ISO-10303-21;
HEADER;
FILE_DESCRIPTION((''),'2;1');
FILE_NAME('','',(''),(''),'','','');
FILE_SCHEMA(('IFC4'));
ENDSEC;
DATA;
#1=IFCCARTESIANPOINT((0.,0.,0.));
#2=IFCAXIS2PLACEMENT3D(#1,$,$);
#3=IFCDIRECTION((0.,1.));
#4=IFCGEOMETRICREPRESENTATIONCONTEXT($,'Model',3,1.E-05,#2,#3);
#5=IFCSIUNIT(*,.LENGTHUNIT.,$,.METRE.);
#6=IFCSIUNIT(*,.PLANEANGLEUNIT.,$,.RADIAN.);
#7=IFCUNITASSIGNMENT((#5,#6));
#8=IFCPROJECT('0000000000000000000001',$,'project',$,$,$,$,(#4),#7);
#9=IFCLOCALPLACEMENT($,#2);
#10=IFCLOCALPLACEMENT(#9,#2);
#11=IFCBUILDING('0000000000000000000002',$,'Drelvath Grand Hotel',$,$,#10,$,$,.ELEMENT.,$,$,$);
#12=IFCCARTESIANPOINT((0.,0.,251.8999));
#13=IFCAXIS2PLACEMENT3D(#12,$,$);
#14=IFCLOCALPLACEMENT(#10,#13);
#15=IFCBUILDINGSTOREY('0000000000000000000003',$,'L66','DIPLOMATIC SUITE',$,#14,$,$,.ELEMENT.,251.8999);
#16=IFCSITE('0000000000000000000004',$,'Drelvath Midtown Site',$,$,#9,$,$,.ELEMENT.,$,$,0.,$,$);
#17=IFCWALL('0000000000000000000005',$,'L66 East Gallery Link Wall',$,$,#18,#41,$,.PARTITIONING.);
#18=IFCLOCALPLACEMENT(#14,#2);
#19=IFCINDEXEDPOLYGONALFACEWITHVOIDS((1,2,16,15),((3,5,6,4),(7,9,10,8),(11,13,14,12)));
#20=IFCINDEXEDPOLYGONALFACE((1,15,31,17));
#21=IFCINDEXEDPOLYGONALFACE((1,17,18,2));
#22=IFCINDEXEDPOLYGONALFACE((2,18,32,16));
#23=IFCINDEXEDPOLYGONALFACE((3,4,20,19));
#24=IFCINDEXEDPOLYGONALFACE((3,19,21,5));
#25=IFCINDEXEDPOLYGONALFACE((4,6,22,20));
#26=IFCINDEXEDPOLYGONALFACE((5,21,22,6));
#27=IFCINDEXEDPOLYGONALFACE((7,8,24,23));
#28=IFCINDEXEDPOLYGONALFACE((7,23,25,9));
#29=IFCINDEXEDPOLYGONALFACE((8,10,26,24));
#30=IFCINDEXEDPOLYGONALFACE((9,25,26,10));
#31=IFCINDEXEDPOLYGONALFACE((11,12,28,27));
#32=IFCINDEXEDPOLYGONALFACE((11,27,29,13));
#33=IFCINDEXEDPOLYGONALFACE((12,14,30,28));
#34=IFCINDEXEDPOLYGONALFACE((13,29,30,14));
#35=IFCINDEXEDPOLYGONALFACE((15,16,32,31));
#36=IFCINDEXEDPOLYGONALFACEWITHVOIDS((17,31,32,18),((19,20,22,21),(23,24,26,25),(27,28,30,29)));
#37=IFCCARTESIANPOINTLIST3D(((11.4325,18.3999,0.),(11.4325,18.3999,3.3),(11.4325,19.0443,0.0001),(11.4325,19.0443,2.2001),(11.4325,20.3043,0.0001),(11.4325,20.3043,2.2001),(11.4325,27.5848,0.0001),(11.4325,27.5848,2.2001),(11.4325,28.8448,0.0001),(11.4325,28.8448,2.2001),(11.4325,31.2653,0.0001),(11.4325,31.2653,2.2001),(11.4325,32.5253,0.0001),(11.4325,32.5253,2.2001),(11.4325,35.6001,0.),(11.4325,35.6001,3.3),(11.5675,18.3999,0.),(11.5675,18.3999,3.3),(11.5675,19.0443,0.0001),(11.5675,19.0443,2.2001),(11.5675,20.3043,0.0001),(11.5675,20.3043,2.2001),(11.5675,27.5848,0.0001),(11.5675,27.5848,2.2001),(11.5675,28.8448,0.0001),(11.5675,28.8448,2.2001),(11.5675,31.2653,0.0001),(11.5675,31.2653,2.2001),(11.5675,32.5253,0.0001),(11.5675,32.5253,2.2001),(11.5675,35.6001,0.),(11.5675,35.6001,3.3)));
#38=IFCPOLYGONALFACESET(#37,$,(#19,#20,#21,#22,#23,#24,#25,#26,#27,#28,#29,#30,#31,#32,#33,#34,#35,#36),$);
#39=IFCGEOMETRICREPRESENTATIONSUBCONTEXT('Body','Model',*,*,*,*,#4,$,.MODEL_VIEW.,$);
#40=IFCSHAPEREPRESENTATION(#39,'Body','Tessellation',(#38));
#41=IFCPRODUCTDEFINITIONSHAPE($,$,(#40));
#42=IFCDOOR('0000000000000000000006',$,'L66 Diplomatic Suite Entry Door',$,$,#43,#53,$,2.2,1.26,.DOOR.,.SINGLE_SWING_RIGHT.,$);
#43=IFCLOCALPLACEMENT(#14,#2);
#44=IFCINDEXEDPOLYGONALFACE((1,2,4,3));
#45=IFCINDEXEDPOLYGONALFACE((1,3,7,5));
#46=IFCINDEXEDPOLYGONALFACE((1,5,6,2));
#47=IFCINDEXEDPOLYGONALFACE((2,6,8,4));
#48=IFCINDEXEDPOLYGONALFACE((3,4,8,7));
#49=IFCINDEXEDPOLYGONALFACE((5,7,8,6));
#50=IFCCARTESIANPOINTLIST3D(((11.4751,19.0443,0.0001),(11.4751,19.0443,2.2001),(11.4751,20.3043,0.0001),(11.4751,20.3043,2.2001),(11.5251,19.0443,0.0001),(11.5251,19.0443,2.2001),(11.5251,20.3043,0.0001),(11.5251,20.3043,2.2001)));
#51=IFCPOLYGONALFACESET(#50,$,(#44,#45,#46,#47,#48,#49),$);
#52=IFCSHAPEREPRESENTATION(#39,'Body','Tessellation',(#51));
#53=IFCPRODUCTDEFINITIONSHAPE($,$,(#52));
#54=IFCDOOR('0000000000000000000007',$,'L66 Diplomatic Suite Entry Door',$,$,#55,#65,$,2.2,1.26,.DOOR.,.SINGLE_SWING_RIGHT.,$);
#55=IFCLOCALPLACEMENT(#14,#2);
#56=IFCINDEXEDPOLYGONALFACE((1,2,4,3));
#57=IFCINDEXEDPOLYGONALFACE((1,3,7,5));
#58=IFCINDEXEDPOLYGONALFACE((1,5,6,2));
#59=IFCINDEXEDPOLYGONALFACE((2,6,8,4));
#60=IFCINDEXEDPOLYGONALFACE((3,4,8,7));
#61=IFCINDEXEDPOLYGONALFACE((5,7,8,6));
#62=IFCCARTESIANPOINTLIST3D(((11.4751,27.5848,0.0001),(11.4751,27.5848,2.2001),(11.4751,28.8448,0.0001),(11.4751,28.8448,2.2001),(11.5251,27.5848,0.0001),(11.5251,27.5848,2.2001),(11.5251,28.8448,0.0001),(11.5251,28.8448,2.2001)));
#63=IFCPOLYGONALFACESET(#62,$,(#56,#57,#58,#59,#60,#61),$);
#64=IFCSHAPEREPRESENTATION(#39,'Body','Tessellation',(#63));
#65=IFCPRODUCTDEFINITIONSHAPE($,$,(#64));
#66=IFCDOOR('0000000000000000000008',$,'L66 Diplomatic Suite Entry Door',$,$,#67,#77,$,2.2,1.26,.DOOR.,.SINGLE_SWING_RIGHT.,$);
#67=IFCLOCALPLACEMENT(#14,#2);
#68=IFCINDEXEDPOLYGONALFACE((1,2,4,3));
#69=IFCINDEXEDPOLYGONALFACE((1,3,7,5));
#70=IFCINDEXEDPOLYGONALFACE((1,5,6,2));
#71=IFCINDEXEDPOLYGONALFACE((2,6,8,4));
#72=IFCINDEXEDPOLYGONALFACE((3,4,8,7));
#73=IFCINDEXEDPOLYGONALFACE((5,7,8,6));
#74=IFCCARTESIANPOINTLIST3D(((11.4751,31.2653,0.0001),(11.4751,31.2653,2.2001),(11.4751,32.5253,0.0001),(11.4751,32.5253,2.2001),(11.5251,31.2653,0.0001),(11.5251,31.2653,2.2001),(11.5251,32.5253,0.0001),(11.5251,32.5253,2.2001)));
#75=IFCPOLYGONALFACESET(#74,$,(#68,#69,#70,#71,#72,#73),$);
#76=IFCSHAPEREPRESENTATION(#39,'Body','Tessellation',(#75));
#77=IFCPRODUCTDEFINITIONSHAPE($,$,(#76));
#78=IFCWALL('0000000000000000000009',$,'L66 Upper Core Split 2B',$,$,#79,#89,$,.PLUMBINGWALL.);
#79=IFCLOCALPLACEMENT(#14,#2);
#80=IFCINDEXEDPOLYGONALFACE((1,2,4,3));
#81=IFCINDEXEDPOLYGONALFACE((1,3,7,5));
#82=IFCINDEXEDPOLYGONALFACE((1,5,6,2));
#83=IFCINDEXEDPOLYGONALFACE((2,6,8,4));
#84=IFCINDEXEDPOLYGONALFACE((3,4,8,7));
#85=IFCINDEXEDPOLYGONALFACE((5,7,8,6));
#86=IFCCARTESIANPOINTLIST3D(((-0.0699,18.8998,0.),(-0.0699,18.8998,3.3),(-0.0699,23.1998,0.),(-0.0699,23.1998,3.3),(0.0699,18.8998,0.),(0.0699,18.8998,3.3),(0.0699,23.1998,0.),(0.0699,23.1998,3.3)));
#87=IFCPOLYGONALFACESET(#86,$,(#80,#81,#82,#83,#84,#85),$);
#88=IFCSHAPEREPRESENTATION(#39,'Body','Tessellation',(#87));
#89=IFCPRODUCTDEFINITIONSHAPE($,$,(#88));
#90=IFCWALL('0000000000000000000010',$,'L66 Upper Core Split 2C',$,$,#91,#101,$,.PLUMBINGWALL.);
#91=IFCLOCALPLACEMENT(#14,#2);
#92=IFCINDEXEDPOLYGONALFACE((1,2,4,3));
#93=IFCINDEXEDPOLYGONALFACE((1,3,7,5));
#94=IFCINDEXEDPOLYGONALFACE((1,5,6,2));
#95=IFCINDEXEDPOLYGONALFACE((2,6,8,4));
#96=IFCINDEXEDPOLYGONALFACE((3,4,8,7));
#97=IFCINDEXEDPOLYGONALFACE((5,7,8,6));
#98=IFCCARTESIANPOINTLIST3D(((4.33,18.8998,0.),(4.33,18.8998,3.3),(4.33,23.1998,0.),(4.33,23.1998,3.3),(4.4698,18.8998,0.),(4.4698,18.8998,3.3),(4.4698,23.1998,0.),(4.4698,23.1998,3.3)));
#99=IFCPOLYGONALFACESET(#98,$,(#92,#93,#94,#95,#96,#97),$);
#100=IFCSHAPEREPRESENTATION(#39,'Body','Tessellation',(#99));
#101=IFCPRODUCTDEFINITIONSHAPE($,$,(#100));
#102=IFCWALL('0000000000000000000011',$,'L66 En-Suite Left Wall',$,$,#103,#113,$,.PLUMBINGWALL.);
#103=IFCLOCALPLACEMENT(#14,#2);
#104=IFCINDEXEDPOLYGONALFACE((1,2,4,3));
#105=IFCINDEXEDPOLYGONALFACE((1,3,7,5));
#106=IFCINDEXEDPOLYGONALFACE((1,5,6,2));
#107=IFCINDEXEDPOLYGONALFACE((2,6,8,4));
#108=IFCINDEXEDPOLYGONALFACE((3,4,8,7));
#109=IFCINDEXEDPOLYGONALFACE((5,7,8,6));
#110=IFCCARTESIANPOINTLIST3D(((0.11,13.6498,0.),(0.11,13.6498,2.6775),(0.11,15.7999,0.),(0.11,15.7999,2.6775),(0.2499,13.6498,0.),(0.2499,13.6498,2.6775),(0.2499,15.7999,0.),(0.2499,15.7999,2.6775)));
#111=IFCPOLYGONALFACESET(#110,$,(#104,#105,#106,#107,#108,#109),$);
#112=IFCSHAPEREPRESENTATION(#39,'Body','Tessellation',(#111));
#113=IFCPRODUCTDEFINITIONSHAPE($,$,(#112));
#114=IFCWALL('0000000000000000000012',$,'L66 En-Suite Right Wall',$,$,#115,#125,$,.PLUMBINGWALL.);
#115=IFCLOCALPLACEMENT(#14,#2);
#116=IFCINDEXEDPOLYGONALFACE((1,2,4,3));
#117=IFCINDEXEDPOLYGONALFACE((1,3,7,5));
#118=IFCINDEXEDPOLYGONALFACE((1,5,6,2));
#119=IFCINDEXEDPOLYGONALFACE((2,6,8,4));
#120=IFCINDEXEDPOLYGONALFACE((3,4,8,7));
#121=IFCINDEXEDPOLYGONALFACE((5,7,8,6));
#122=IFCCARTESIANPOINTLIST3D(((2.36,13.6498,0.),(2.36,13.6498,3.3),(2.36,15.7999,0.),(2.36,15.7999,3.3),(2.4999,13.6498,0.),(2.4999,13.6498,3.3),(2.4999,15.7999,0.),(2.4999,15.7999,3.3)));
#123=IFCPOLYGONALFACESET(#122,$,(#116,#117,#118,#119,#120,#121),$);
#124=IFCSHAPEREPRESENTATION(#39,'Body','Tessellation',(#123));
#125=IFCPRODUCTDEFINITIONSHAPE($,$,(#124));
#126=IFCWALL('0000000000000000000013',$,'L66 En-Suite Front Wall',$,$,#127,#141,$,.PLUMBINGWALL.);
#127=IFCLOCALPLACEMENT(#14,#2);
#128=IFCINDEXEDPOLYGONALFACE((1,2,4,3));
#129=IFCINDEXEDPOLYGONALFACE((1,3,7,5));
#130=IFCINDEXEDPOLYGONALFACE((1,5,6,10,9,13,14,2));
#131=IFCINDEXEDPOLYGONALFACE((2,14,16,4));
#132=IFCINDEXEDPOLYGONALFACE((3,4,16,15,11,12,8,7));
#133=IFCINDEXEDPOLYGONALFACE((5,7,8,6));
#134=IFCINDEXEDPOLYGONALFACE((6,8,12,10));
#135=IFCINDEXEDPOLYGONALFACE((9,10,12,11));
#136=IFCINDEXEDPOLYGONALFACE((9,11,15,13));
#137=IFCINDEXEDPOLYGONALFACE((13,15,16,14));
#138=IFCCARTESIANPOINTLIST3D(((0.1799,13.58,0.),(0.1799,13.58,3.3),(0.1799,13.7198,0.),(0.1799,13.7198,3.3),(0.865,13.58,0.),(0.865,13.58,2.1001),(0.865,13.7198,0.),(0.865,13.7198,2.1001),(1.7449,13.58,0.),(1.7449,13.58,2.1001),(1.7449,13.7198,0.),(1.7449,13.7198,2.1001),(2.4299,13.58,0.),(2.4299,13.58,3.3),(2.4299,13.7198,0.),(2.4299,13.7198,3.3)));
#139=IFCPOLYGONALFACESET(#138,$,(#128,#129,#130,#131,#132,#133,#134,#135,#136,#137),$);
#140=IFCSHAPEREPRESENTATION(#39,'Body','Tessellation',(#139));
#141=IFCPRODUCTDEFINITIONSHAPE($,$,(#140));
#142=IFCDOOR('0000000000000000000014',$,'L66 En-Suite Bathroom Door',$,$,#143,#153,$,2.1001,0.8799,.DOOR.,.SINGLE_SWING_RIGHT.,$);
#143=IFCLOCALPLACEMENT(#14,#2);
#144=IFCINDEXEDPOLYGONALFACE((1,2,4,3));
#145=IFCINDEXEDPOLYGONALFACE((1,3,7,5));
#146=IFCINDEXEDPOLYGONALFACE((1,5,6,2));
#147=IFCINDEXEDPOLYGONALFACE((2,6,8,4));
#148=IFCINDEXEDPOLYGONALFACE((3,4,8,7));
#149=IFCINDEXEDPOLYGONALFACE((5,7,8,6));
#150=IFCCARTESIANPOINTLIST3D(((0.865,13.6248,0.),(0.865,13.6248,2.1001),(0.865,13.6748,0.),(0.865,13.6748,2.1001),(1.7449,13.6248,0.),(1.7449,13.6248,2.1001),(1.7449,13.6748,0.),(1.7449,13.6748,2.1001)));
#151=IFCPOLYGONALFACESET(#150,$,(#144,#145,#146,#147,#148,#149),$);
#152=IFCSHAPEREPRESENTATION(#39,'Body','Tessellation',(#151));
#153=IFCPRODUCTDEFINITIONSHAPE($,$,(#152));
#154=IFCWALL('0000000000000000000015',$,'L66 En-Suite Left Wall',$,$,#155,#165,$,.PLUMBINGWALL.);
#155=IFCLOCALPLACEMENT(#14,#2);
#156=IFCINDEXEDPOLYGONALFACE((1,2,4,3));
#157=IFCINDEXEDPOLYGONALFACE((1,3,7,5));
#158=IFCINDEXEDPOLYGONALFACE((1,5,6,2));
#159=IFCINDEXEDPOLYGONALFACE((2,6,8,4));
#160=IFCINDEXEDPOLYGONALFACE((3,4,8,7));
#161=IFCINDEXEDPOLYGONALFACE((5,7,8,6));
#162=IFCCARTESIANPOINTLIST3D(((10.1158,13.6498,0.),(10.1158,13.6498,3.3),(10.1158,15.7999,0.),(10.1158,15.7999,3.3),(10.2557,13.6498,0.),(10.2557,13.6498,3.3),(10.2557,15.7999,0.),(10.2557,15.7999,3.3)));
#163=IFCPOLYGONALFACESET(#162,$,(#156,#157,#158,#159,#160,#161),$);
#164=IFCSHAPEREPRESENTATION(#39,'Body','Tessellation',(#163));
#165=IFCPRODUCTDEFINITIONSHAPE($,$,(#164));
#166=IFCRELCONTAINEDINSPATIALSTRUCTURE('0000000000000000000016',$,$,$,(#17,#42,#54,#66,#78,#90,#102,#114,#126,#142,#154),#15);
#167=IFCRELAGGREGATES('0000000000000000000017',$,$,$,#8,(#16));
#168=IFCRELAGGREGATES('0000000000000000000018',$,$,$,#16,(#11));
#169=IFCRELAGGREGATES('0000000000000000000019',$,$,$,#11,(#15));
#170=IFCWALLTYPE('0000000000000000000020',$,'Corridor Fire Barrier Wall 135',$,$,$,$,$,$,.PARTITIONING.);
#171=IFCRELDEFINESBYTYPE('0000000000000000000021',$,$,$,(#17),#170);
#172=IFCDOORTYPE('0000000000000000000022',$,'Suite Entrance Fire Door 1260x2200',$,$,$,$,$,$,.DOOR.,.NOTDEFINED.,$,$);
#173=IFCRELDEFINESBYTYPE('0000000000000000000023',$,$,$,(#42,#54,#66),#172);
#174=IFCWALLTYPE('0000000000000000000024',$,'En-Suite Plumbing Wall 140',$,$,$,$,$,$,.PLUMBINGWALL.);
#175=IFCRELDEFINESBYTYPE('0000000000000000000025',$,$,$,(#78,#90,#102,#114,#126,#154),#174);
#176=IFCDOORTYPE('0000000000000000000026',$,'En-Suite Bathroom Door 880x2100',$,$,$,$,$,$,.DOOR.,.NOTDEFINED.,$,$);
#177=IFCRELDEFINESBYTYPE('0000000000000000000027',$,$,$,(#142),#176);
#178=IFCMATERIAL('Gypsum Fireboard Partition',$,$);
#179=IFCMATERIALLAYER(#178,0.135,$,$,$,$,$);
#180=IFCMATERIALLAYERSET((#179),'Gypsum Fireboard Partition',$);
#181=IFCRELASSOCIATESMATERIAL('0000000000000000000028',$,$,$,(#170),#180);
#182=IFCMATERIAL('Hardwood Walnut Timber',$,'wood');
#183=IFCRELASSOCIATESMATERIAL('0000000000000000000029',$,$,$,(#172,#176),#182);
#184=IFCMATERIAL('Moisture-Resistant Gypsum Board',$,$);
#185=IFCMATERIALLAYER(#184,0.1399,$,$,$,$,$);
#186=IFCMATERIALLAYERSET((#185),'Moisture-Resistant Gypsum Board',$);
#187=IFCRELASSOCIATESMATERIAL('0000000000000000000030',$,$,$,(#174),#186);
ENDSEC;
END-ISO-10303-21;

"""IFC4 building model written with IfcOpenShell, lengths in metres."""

from ifc_helpers import new_model, si_unit, direction, frame, frame_2d, origin, place, context, subcontext, project, spatial, rectangle, extrude, material, layer, layer_set, type_object, element, fill, save


model = new_model("IFC4")

# Units and contexts
model_context = context("Model", 3, precision=1e-05, world=origin(), true_north=direction((0.0, 1.0)))
body_context = subcontext(model_context, "Body", "Model", "MODEL_VIEW")
ifc_project = project(units=[si_unit("LENGTHUNIT", "METRE"), si_unit("PLANEANGLEUNIT", "RADIAN")], contexts=[model_context])

# Site, building, storey
site_placement = place(None, origin())
site = spatial("IfcSite", under=ifc_project, at=site_placement, Name="Drelvath Midtown Site", CompositionType="ELEMENT", RefElevation=0.0)
building_placement = place(site_placement, origin())
building = spatial("IfcBuilding", under=site, at=building_placement, Name="Drelvath Grand Hotel", CompositionType="ELEMENT")
storey_placement = place(building_placement, frame((0.0, 0.0, 251.8999)))
storey = spatial("IfcBuildingStorey", under=building, at=storey_placement, Name="L66", Description="DIPLOMATIC SUITE", CompositionType="ELEMENT", Elevation=251.8999)

# Shared definitions
ifc_material_1 = material(Name="Gypsum Fireboard Partition")
ifc_layer_1 = layer(ifc_material_1, 0.135)
ifc_layer_set_1 = layer_set([ifc_layer_1], Name="Gypsum Fireboard Partition")
wall_type_1 = type_object("IfcWallType", Name="Corridor Fire Barrier Wall 135", PredefinedType="PARTITIONING", material=ifc_layer_set_1)

# Wall, openings, doors
wall_1_placement = place(storey_placement, frame((11.5, 18.3999, 0.0), z_axis=(0.0, 0.0, 1.0), x_axis=(0.0, 1.0, 0.0)))
wall_1 = element("IfcWall", 1, at=wall_1_placement, inside=storey, type_object=wall_type_1, Name="L66 East Gallery Link Wall", PredefinedType="PARTITIONING", context=body_context, shape_type="SweptSolid", body=[
    extrude(rectangle(XDim=17.2002, YDim=0.135, at=frame_2d((8.6001, 0.0))), origin(), (0.0, 0.0, 1.0), 3.3),
])
opening_1_placement = place(wall_1_placement, frame((0.6445, 0.0, 0.0)))
opening_1 = element("IfcOpeningElement", 2, at=opening_1_placement, cuts=wall_1, PredefinedType="OPENING", context=body_context, shape_type="SweptSolid", body=[
    extrude(rectangle(XDim=1.26, YDim=2.2, at=frame_2d((0.6299, 1.1001))), frame((0.0, 0.0774, 0.0), z_axis=(0.0, -1.0, 0.0), x_axis=(1.0, 0.0, 0.0)), (0.0, 0.0, 1.0), 0.155),
])
opening_2_placement = place(wall_1_placement, frame((9.1851, 0.0, 0.0)))
opening_2 = element("IfcOpeningElement", 3, at=opening_2_placement, cuts=wall_1, PredefinedType="OPENING", context=body_context, shape_type="SweptSolid", body=[
    extrude(rectangle(XDim=1.26, YDim=2.2, at=frame_2d((0.6299, 1.1001))), frame((0.0, 0.0774, 0.0), z_axis=(0.0, -1.0, 0.0), x_axis=(1.0, 0.0, 0.0)), (0.0, 0.0, 1.0), 0.155),
])
opening_3_placement = place(wall_1_placement, frame((12.8655, 0.0, 0.0)))
opening_3 = element("IfcOpeningElement", 4, at=opening_3_placement, cuts=wall_1, PredefinedType="OPENING", context=body_context, shape_type="SweptSolid", body=[
    extrude(rectangle(XDim=1.26, YDim=2.2, at=frame_2d((0.6299, 1.1001))), frame((0.0, 0.0774, 0.0), z_axis=(0.0, -1.0, 0.0), x_axis=(1.0, 0.0, 0.0)), (0.0, 0.0, 1.0), 0.155),
])
ifc_material_2 = material(Name="Hardwood Walnut Timber", Category="wood")
door_type_1 = type_object("IfcDoorType", Name="Suite Entrance Fire Door 1260x2200", OperationType="NOTDEFINED", PredefinedType="DOOR", material=ifc_material_2)
door_1_placement = place(opening_1_placement, origin())
door_1 = element("IfcDoor", 5, at=door_1_placement, inside=storey, type_object=door_type_1, Name="L66 Diplomatic Suite Entry Door", OperationType="SINGLE_SWING_RIGHT", OverallHeight=2.2, OverallWidth=1.26, PredefinedType="DOOR", context=body_context, shape_type="SweptSolid", body=[
    extrude(rectangle(XDim=1.26, YDim=2.2, at=frame_2d((0.6299, 1.1001))), frame((0.0, 0.0249, 0.0), z_axis=(0.0, -1.0, 0.0), x_axis=(1.0, 0.0, 0.0)), (0.0, 0.0, 1.0), 0.05),
])
fill(opening_1, door_1)
door_2_placement = place(opening_2_placement, origin())
door_2 = element("IfcDoor", 6, at=door_2_placement, inside=storey, type_object=door_type_1, Name="L66 Diplomatic Suite Entry Door", OperationType="SINGLE_SWING_RIGHT", OverallHeight=2.2, OverallWidth=1.26, PredefinedType="DOOR", context=body_context, shape_type="SweptSolid", body=[
    extrude(rectangle(XDim=1.26, YDim=2.2, at=frame_2d((0.6299, 1.1001))), frame((0.0, 0.0249, 0.0), z_axis=(0.0, -1.0, 0.0), x_axis=(1.0, 0.0, 0.0)), (0.0, 0.0, 1.0), 0.05),
])
fill(opening_2, door_2)
door_3_placement = place(opening_3_placement, origin())
door_3 = element("IfcDoor", 7, at=door_3_placement, inside=storey, type_object=door_type_1, Name="L66 Diplomatic Suite Entry Door", OperationType="SINGLE_SWING_RIGHT", OverallHeight=2.2, OverallWidth=1.26, PredefinedType="DOOR", context=body_context, shape_type="SweptSolid", body=[
    extrude(rectangle(XDim=1.26, YDim=2.2, at=frame_2d((0.6299, 1.1001))), frame((0.0, 0.0249, 0.0), z_axis=(0.0, -1.0, 0.0), x_axis=(1.0, 0.0, 0.0)), (0.0, 0.0, 1.0), 0.05),
])
fill(opening_3, door_3)

# Walls
ifc_material_3 = material(Name="Moisture-Resistant Gypsum Board")
ifc_layer_2 = layer(ifc_material_3, 0.1399)
ifc_layer_set_2 = layer_set([ifc_layer_2], Name="Moisture-Resistant Gypsum Board")
wall_type_2 = type_object("IfcWallType", Name="En-Suite Plumbing Wall 140", PredefinedType="PLUMBINGWALL", material=ifc_layer_set_2)
for number, where, z_axis, x_axis, name in (
    (8, (0.0, 18.8999, 0.0), (0.0, 0.0, 1.0), (0.0, 1.0, 0.0), "L66 Upper Core Split 2B"),
    (9, (4.3999, 18.8999, 0.0), (0.0, 0.0, 1.0), (0.0, 1.0, 0.0), "L66 Upper Core Split 2C"),
):
    element("IfcWall", number, at=place(storey_placement, frame(where, z_axis=z_axis, x_axis=x_axis)), inside=storey, type_object=wall_type_2, Name=name, PredefinedType="PLUMBINGWALL", context=body_context, shape_type="SweptSolid", body=[
        extrude(rectangle(XDim=4.3, YDim=0.1399, at=frame_2d((2.1499, 0.0))), origin(), (0.0, 0.0, 1.0), 3.3),
    ])
wall_2_placement = place(storey_placement, frame((0.1799, 15.8, 0.0), z_axis=(0.0, 0.0, 1.0), x_axis=(0.0, -1.0, 0.0)))
element("IfcWall", 10, at=wall_2_placement, inside=storey, type_object=wall_type_2, Name="L66 En-Suite Left Wall", PredefinedType="PLUMBINGWALL", context=body_context, shape_type="SweptSolid", body=[
    extrude(rectangle(XDim=2.1501, YDim=0.1399, at=frame_2d((1.0752, 0.0))), origin(), (0.0, 0.0, 1.0), 2.6775),
])
wall_3_placement = place(storey_placement, frame((2.4299, 15.8, 0.0), z_axis=(0.0, 0.0, 1.0), x_axis=(0.0, -1.0, 0.0)))
element("IfcWall", 11, at=wall_3_placement, inside=storey, type_object=wall_type_2, Name="L66 En-Suite Right Wall", PredefinedType="PLUMBINGWALL", context=body_context, shape_type="SweptSolid", body=[
    extrude(rectangle(XDim=2.1501, YDim=0.1399, at=frame_2d((1.0752, 0.0))), origin(), (0.0, 0.0, 1.0), 3.3),
])

# Wall, opening, door
wall_4_placement = place(storey_placement, frame((0.1799, 13.6499, 0.0), z_axis=(0.0, 0.0, 1.0), x_axis=(1.0, 0.0, 0.0)))
wall_4 = element("IfcWall", 12, at=wall_4_placement, inside=storey, type_object=wall_type_2, Name="L66 En-Suite Front Wall", PredefinedType="PLUMBINGWALL", context=body_context, shape_type="SweptSolid", body=[
    extrude(rectangle(XDim=2.25, YDim=0.1399, at=frame_2d((1.125, 0.0))), origin(), (0.0, 0.0, 1.0), 3.3),
])
opening_4_placement = place(wall_4_placement, frame((0.6851, 0.0, 0.0)))
opening_4 = element("IfcOpeningElement", 13, at=opening_4_placement, cuts=wall_4, PredefinedType="OPENING", context=body_context, shape_type="SweptSolid", body=[
    extrude(rectangle(XDim=0.8799, YDim=2.1001, at=frame_2d((0.4399, 1.05))), frame((0.0, 0.0798, 0.0), z_axis=(0.0, -1.0, 0.0), x_axis=(1.0, 0.0, 0.0)), (0.0, 0.0, 1.0), 0.1599),
])
door_type_2 = type_object("IfcDoorType", Name="En-Suite Bathroom Door 880x2100", OperationType="NOTDEFINED", PredefinedType="DOOR", material=ifc_material_2)
door_4_placement = place(opening_4_placement, origin())
door_4 = element("IfcDoor", 14, at=door_4_placement, inside=storey, type_object=door_type_2, Name="L66 En-Suite Bathroom Door", OperationType="SINGLE_SWING_RIGHT", OverallHeight=2.1001, OverallWidth=0.8799, PredefinedType="DOOR", context=body_context, shape_type="SweptSolid", body=[
    extrude(rectangle(XDim=0.8799, YDim=2.1001, at=frame_2d((0.4399, 1.05))), frame((0.0, 0.0249, 0.0), z_axis=(0.0, -1.0, 0.0), x_axis=(1.0, 0.0, 0.0)), (0.0, 0.0, 1.0), 0.05),
])
fill(opening_4, door_4)

# Wall
wall_5_placement = place(storey_placement, frame((10.1858, 15.8, 0.0), z_axis=(0.0, 0.0, 1.0), x_axis=(0.0, -1.0, 0.0)))
element("IfcWall", 15, at=wall_5_placement, inside=storey, type_object=wall_type_2, Name="L66 En-Suite Left Wall", PredefinedType="PLUMBINGWALL", context=body_context, shape_type="SweptSolid", body=[
    extrude(rectangle(XDim=2.1501, YDim=0.1399, at=frame_2d((1.0752, 0.0))), origin(), (0.0, 0.0, 1.0), 3.3),
])

save(model, "model.ifc")
